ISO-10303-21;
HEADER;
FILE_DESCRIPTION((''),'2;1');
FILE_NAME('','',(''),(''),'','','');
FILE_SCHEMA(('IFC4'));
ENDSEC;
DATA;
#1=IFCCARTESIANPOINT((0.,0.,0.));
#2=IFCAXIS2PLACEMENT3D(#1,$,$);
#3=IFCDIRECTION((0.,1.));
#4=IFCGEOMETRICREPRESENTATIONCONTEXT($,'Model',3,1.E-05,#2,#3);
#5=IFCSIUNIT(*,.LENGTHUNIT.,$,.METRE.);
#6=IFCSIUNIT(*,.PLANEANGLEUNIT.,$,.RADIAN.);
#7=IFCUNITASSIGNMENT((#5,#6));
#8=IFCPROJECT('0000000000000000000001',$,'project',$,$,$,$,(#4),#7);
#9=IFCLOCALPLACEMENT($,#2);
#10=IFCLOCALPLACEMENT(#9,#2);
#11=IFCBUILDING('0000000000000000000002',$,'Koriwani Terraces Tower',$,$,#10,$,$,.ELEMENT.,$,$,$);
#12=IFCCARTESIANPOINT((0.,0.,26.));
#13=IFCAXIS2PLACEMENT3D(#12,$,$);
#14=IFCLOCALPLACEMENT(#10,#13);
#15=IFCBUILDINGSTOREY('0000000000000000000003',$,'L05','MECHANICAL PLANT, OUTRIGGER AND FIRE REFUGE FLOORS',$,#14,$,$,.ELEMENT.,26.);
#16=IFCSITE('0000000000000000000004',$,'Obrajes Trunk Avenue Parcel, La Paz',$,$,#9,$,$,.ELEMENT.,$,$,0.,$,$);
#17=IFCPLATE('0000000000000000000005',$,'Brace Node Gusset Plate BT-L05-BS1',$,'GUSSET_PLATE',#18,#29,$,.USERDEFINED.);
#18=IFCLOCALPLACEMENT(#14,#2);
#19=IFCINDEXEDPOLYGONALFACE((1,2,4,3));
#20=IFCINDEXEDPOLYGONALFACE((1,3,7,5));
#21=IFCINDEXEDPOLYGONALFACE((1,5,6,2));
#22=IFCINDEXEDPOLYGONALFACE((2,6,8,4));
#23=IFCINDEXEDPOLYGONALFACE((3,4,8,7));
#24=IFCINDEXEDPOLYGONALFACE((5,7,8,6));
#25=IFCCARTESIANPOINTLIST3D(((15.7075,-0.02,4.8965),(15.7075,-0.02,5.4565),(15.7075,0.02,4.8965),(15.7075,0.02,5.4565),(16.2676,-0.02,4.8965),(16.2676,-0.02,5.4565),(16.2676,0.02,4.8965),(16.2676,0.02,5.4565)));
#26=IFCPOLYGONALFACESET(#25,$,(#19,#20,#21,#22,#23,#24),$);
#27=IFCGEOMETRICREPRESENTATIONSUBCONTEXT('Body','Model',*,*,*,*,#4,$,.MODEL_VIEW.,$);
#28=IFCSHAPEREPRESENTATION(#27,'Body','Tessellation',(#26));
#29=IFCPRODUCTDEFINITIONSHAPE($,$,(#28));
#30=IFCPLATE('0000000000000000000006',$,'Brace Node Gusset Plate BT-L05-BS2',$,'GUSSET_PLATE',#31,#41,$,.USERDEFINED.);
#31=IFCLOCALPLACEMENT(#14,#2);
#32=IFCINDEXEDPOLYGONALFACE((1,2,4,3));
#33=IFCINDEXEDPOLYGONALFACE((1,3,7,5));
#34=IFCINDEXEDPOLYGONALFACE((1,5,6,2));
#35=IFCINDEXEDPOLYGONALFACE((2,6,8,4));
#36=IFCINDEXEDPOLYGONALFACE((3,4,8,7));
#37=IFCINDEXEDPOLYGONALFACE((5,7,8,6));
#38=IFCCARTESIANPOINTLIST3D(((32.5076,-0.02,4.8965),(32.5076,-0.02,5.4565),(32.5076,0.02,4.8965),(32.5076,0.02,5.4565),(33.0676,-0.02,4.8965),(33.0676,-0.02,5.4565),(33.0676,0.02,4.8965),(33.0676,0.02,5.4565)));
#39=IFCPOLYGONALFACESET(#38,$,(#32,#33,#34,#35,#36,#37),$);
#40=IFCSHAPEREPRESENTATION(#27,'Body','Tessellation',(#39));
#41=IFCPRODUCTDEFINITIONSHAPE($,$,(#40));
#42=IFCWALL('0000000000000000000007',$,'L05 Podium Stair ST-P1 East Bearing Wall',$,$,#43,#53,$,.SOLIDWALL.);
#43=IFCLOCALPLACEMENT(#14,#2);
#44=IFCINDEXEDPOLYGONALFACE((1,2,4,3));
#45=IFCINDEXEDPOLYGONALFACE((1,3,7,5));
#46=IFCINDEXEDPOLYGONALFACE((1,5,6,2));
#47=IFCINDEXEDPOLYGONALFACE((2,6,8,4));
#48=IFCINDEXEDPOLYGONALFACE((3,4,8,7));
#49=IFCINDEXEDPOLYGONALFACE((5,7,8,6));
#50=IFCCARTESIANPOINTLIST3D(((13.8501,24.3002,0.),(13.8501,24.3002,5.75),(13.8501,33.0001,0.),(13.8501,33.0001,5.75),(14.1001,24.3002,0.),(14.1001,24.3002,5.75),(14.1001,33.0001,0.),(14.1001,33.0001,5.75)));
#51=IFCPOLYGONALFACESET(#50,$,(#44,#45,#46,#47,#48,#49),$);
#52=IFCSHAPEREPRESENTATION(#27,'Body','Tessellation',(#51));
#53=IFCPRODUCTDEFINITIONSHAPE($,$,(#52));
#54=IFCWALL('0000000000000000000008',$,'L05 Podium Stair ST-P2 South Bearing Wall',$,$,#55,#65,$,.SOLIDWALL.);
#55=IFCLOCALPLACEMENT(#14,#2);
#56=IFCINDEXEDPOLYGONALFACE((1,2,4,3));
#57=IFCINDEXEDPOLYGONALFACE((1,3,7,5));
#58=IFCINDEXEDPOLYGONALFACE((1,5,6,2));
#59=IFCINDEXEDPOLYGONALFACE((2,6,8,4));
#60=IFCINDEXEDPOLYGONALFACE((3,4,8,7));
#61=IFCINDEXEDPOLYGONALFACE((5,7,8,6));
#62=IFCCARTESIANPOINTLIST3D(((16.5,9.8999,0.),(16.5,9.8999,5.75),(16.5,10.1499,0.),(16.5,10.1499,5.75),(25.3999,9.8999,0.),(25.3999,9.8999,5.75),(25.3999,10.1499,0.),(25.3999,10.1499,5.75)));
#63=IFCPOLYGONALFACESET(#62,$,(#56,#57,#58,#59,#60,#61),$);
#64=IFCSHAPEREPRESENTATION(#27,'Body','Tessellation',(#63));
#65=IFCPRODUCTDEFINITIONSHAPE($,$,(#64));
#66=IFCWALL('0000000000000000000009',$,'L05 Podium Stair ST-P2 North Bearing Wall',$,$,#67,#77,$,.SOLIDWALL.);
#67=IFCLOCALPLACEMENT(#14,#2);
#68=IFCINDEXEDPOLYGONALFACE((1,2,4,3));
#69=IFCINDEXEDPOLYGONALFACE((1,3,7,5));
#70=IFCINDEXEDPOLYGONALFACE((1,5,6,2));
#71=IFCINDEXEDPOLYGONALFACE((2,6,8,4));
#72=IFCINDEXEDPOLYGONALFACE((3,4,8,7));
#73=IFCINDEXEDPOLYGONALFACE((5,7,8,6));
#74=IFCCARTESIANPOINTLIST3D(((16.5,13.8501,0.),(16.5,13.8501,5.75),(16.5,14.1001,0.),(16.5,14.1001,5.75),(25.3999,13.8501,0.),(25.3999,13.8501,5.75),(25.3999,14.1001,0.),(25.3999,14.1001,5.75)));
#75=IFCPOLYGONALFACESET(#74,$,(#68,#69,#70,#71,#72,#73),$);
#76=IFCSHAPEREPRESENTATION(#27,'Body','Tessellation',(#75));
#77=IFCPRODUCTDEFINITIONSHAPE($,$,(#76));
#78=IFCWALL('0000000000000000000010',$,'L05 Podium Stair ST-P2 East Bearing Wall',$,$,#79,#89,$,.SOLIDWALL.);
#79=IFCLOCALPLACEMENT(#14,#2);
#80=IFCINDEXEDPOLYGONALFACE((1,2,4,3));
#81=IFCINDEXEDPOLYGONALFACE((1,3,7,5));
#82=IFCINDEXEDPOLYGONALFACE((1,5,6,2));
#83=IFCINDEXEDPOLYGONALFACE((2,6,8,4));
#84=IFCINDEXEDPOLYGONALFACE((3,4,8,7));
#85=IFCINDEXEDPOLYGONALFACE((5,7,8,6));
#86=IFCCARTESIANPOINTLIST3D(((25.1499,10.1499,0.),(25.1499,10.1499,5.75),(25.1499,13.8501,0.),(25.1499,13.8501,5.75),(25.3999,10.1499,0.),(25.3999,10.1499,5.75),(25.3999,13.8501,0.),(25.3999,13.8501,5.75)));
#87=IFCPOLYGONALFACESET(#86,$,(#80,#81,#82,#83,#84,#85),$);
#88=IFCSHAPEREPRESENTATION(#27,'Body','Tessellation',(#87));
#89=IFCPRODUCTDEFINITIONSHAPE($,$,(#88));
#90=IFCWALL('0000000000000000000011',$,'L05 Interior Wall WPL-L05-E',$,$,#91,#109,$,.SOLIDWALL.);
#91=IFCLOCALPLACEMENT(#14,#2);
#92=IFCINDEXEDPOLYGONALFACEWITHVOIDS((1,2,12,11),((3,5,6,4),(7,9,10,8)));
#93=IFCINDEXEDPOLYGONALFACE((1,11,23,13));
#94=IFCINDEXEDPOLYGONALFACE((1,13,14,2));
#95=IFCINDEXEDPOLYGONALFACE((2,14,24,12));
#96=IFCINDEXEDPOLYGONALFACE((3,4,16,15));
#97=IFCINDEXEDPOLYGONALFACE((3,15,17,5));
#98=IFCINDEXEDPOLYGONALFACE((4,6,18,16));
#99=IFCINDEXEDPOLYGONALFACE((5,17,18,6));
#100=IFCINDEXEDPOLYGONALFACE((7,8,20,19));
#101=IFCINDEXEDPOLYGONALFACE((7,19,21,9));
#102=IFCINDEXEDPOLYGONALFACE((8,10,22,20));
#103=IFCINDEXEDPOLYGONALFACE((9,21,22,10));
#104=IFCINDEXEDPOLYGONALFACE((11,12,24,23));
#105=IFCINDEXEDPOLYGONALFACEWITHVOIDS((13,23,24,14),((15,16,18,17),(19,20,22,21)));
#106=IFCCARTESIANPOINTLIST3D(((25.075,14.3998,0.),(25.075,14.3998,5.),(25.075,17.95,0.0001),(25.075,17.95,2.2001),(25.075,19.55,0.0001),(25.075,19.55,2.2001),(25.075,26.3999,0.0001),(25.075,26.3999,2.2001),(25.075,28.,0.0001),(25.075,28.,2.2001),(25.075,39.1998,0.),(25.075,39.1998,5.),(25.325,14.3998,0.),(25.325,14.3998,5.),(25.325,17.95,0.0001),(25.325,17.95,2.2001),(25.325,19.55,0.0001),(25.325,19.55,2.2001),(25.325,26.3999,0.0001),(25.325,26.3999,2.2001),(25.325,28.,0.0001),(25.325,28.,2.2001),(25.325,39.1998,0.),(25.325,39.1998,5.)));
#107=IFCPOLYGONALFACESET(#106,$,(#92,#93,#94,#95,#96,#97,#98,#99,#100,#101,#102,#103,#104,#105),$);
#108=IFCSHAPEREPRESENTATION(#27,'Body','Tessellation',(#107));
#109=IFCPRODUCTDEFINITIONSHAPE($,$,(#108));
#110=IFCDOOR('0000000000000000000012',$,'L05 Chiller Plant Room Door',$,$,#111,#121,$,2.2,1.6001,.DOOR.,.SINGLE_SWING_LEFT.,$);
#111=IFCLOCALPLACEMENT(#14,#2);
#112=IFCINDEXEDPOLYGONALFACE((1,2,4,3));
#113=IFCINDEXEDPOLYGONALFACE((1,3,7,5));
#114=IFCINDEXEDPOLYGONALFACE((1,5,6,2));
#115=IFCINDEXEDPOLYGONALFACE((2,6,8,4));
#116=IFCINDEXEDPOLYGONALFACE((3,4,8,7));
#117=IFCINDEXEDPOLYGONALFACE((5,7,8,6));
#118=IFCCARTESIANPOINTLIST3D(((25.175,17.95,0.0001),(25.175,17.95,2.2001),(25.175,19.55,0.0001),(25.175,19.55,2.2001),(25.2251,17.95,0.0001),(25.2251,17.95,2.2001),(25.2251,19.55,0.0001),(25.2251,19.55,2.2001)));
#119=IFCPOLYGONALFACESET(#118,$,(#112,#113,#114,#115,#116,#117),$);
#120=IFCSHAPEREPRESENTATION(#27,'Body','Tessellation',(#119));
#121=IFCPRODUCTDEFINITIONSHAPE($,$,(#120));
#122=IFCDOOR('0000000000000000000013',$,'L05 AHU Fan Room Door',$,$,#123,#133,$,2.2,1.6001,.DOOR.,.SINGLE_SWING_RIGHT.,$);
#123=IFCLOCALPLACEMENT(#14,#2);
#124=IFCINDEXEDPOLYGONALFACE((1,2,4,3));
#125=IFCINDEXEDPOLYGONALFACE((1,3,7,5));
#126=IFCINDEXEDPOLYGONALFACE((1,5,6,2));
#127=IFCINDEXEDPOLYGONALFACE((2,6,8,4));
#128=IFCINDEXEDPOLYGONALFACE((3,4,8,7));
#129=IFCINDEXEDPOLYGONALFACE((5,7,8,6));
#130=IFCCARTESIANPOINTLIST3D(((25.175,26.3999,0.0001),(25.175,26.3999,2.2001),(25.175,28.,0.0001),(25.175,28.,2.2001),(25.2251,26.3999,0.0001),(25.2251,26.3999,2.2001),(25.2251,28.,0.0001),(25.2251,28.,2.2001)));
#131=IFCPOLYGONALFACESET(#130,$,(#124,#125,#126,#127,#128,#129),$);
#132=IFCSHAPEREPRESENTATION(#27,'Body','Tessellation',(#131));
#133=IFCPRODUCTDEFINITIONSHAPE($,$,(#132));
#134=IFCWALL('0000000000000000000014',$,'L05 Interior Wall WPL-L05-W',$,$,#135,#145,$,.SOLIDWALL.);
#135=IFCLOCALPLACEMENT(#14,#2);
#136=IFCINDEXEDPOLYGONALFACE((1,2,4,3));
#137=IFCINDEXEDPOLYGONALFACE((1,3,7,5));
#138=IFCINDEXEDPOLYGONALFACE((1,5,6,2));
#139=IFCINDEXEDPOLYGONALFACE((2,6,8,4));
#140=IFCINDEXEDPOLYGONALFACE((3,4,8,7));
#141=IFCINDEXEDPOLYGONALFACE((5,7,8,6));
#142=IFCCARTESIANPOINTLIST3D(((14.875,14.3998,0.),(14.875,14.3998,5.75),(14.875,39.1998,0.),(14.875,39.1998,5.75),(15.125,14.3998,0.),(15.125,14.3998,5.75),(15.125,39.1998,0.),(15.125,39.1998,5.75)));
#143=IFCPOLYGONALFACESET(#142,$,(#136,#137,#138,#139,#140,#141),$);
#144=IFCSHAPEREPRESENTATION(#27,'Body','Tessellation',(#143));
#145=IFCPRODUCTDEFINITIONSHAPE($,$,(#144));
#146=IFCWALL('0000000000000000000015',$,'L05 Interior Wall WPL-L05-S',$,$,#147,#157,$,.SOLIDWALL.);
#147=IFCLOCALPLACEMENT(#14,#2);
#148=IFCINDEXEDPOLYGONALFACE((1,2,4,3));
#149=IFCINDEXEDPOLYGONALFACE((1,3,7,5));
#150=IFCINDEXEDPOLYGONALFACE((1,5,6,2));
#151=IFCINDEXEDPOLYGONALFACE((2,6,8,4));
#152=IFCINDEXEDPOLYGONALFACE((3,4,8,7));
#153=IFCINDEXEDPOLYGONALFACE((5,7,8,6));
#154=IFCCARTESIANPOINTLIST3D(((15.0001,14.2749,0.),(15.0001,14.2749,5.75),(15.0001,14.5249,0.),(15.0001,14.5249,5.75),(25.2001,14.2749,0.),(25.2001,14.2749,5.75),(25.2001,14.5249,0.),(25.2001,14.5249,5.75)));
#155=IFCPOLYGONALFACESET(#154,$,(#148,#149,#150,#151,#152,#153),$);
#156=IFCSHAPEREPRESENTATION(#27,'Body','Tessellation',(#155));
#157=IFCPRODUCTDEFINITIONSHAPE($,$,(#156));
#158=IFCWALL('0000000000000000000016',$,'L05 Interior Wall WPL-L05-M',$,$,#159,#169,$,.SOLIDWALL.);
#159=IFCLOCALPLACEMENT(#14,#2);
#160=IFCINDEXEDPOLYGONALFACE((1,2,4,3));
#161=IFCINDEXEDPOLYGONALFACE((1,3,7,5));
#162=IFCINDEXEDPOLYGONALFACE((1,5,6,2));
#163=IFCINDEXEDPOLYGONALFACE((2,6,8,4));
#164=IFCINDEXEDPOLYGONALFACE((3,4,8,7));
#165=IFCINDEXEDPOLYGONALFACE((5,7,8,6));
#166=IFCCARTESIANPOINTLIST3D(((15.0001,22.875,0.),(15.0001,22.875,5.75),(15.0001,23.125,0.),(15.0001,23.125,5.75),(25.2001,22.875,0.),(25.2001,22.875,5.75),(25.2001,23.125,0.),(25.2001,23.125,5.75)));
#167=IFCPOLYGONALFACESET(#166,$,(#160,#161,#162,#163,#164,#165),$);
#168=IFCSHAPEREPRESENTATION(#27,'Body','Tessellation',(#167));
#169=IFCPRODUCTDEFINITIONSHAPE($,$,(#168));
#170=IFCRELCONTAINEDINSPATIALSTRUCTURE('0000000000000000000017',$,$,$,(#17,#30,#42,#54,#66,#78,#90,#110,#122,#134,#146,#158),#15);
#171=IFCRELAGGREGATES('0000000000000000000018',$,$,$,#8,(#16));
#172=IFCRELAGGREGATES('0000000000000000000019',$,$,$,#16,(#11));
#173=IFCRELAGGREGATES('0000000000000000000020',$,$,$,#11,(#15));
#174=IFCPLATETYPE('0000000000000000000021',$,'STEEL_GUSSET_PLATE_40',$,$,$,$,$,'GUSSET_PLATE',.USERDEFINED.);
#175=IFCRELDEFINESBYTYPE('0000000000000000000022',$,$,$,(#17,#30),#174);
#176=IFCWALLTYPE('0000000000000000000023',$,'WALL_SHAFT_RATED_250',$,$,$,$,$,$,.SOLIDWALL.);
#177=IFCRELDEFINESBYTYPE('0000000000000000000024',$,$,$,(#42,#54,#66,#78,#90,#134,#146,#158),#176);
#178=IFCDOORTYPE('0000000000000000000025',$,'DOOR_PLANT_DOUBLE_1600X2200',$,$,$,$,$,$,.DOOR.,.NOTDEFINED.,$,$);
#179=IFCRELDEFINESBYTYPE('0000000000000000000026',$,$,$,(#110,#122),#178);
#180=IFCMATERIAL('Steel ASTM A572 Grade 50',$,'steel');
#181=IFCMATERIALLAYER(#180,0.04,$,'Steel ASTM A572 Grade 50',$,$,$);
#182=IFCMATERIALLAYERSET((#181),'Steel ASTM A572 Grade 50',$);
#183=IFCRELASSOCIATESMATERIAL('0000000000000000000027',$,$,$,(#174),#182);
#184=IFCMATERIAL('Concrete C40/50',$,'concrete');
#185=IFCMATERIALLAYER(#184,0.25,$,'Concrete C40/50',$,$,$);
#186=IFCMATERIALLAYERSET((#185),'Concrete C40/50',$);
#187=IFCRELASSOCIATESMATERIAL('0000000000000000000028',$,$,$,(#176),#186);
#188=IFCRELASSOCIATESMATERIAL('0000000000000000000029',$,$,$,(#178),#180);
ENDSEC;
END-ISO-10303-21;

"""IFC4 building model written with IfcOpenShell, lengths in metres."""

from ifc_helpers import new_model, si_unit, direction, frame, frame_2d, origin, origin_2d, place, context, subcontext, project, spatial, rectangle, extrude, material, layer, layer_set, type_object, element, fill, save


model = new_model("IFC4")

# Units and contexts
model_context = context("Model", 3, precision=1e-05, world=origin(), true_north=direction((0.0, 1.0)))
body_context = subcontext(model_context, "Body", "Model", "MODEL_VIEW")
ifc_project = project(units=[si_unit("LENGTHUNIT", "METRE"), si_unit("PLANEANGLEUNIT", "RADIAN")], contexts=[model_context])

# Site, building, storey
site_placement = place(None, origin())
site = spatial("IfcSite", under=ifc_project, at=site_placement, Name="Obrajes Trunk Avenue Parcel, La Paz", CompositionType="ELEMENT", RefElevation=0.0)
building_placement = place(site_placement, origin())
building = spatial("IfcBuilding", under=site, at=building_placement, Name="Koriwani Terraces Tower", CompositionType="ELEMENT")
storey_placement = place(building_placement, frame((0.0, 0.0, 26.0)))
storey = spatial("IfcBuildingStorey", under=building, at=storey_placement, Name="L05", Description="MECHANICAL PLANT, OUTRIGGER AND FIRE REFUGE FLOORS", CompositionType="ELEMENT", Elevation=26.0)

# Shared definitions
ifc_material_1 = material(Name="Concrete C40/50", Category="concrete")

# Shared definitions
ifc_material_2 = material(Name="Steel ASTM A572 Grade 50", Category="steel")

# Plates
ifc_layer_1 = layer(ifc_material_2, 0.04, Name="Steel ASTM A572 Grade 50")
ifc_layer_set_1 = layer_set([ifc_layer_1], Name="Steel ASTM A572 Grade 50")
plate_type_1 = type_object("IfcPlateType", Name="STEEL_GUSSET_PLATE_40", ElementType="GUSSET_PLATE", PredefinedType="USERDEFINED", material=ifc_layer_set_1)
for number, where, z_axis, x_axis, name in (
    (1, (15.9875, 0.0, 4.8965), (0.0, 0.0, 1.0), (1.0, 0.0, 0.0), "Brace Node Gusset Plate BT-L05-BS1"),
    (2, (32.7876, 0.0, 4.8965), (0.0, 0.0, 1.0), (1.0, 0.0, 0.0), "Brace Node Gusset Plate BT-L05-BS2"),
):
    element("IfcPlate", number, at=place(storey_placement, frame(where, z_axis=z_axis, x_axis=x_axis)), inside=storey, type_object=plate_type_1, Name=name, ObjectType="GUSSET_PLATE", PredefinedType="USERDEFINED", context=body_context, shape_type="SweptSolid", body=[
        extrude(rectangle(XDim=0.5601, YDim=0.04, at=origin_2d()), origin(), (0.0, 0.0, 1.0), 0.5601),
    ])

# Walls
ifc_layer_2 = layer(ifc_material_1, 0.25, Name="Concrete C40/50")
ifc_layer_set_2 = layer_set([ifc_layer_2], Name="Concrete C40/50")
wall_type = type_object("IfcWallType", Name="WALL_SHAFT_RATED_250", PredefinedType="SOLIDWALL", material=ifc_layer_set_2)
wall_1_placement = place(storey_placement, frame((13.9751, 24.3, 0.0), z_axis=(0.0, 0.0, 1.0), x_axis=(0.0, 1.0, 0.0)))
element("IfcWall", 3, at=wall_1_placement, inside=storey, type_object=wall_type, Name="L05 Podium Stair ST-P1 East Bearing Wall", PredefinedType="SOLIDWALL", context=body_context, shape_type="SweptSolid", body=[
    extrude(rectangle(XDim=8.7, YDim=0.25, at=frame_2d((4.3501, 0.0))), origin(), (0.0, 0.0, 1.0), 5.75),
])
for number, where, z_axis, x_axis, name in (
    (4, (16.5, 10.0249, 0.0), (0.0, 0.0, 1.0), (1.0, 0.0, 0.0), "L05 Podium Stair ST-P2 South Bearing Wall"),
    (5, (16.5, 13.9751, 0.0), (0.0, 0.0, 1.0), (1.0, 0.0, 0.0), "L05 Podium Stair ST-P2 North Bearing Wall"),
):
    element("IfcWall", number, at=place(storey_placement, frame(where, z_axis=z_axis, x_axis=x_axis)), inside=storey, type_object=wall_type, Name=name, PredefinedType="SOLIDWALL", context=body_context, shape_type="SweptSolid", body=[
        extrude(rectangle(XDim=8.8999, YDim=0.25, at=frame_2d((4.45, 0.0))), origin(), (0.0, 0.0, 1.0), 5.75),
    ])
wall_2_placement = place(storey_placement, frame((25.2749, 10.1499, 0.0), z_axis=(0.0, 0.0, 1.0), x_axis=(0.0, 1.0, 0.0)))
element("IfcWall", 6, at=wall_2_placement, inside=storey, type_object=wall_type, Name="L05 Podium Stair ST-P2 East Bearing Wall", PredefinedType="SOLIDWALL", context=body_context, shape_type="SweptSolid", body=[
    extrude(rectangle(XDim=3.7002, YDim=0.25, at=frame_2d((1.8501, 0.0))), origin(), (0.0, 0.0, 1.0), 5.75),
])

# Wall, openings, doors
wall_3_placement = place(storey_placement, frame((25.2, 14.3999, 0.0), z_axis=(0.0, 0.0, 1.0), x_axis=(0.0, 1.0, 0.0)))
wall_3 = element("IfcWall", 7, at=wall_3_placement, inside=storey, type_object=wall_type, Name="L05 Interior Wall WPL-L05-E", PredefinedType="SOLIDWALL", context=body_context, shape_type="SweptSolid", body=[
    extrude(rectangle(XDim=24.8, YDim=0.25, at=frame_2d((12.3999, 0.0))), origin(), (0.0, 0.0, 1.0), 5.0),
])
opening_1_placement = place(wall_3_placement, frame((3.55, 0.0, 0.0)))
opening_1 = element("IfcOpeningElement", 8, at=opening_1_placement, cuts=wall_3, PredefinedType="OPENING", context=body_context, shape_type="SweptSolid", body=[
    extrude(rectangle(XDim=1.6001, YDim=2.2, at=frame_2d((0.8, 1.1001))), frame((0.0, 0.135, 0.0), z_axis=(0.0, -1.0, 0.0), x_axis=(1.0, 0.0, 0.0)), (0.0, 0.0, 1.0), 0.27),
])
opening_2_placement = place(wall_3_placement, frame((12.0, 0.0, 0.0)))
opening_2 = element("IfcOpeningElement", 9, at=opening_2_placement, cuts=wall_3, PredefinedType="OPENING", context=body_context, shape_type="SweptSolid", body=[
    extrude(rectangle(XDim=1.6001, YDim=2.2, at=frame_2d((0.8, 1.1001))), frame((0.0, 0.135, 0.0), z_axis=(0.0, -1.0, 0.0), x_axis=(1.0, 0.0, 0.0)), (0.0, 0.0, 1.0), 0.27),
])
door_type_1 = type_object("IfcDoorType", Name="DOOR_PLANT_DOUBLE_1600X2200", OperationType="NOTDEFINED", PredefinedType="DOOR", material=ifc_material_2)
door_1_placement = place(opening_1_placement, origin())
door_1 = element("IfcDoor", 10, at=door_1_placement, inside=storey, type_object=door_type_1, Name="L05 Chiller Plant Room Door", OperationType="SINGLE_SWING_LEFT", OverallHeight=2.2, OverallWidth=1.6001, PredefinedType="DOOR", context=body_context, shape_type="SweptSolid", body=[
    extrude(rectangle(XDim=1.6001, YDim=2.2, at=frame_2d((0.8, 1.1001))), frame((0.0, 0.0249, 0.0), z_axis=(0.0, -1.0, 0.0), x_axis=(1.0, 0.0, 0.0)), (0.0, 0.0, 1.0), 0.05),
])
fill(opening_1, door_1)
door_2_placement = place(opening_2_placement, origin())
door_2 = element("IfcDoor", 11, at=door_2_placement, inside=storey, type_object=door_type_1, Name="L05 AHU Fan Room Door", OperationType="SINGLE_SWING_RIGHT", OverallHeight=2.2, OverallWidth=1.6001, PredefinedType="DOOR", context=body_context, shape_type="SweptSolid", body=[
    extrude(rectangle(XDim=1.6001, YDim=2.2, at=frame_2d((0.8, 1.1001))), frame((0.0, 0.0249, 0.0), z_axis=(0.0, -1.0, 0.0), x_axis=(1.0, 0.0, 0.0)), (0.0, 0.0, 1.0), 0.05),
])
fill(opening_2, door_2)

# Walls
wall_4_placement = place(storey_placement, frame((15.0, 14.3999, 0.0), z_axis=(0.0, 0.0, 1.0), x_axis=(0.0, 1.0, 0.0)))
element("IfcWall", 12, at=wall_4_placement, inside=storey, type_object=wall_type, Name="L05 Interior Wall WPL-L05-W", PredefinedType="SOLIDWALL", context=body_context, shape_type="SweptSolid", body=[
    extrude(rectangle(XDim=24.8, YDim=0.25, at=frame_2d((12.3999, 0.0))), origin(), (0.0, 0.0, 1.0), 5.75),
])
for number, where, z_axis, x_axis, name in (
    (13, (15.0, 14.3999, 0.0), (0.0, 0.0, 1.0), (1.0, 0.0, 0.0), "L05 Interior Wall WPL-L05-S"),
    (14, (15.0, 23.0, 0.0), (0.0, 0.0, 1.0), (1.0, 0.0, 0.0), "L05 Interior Wall WPL-L05-M"),
):
    element("IfcWall", number, at=place(storey_placement, frame(where, z_axis=z_axis, x_axis=x_axis)), inside=storey, type_object=wall_type, Name=name, PredefinedType="SOLIDWALL", context=body_context, shape_type="SweptSolid", body=[
        extrude(rectangle(XDim=10.2, YDim=0.25, at=frame_2d((5.1001, 0.0))), origin(), (0.0, 0.0, 1.0), 5.75),
    ])

save(model, "model.ifc")
